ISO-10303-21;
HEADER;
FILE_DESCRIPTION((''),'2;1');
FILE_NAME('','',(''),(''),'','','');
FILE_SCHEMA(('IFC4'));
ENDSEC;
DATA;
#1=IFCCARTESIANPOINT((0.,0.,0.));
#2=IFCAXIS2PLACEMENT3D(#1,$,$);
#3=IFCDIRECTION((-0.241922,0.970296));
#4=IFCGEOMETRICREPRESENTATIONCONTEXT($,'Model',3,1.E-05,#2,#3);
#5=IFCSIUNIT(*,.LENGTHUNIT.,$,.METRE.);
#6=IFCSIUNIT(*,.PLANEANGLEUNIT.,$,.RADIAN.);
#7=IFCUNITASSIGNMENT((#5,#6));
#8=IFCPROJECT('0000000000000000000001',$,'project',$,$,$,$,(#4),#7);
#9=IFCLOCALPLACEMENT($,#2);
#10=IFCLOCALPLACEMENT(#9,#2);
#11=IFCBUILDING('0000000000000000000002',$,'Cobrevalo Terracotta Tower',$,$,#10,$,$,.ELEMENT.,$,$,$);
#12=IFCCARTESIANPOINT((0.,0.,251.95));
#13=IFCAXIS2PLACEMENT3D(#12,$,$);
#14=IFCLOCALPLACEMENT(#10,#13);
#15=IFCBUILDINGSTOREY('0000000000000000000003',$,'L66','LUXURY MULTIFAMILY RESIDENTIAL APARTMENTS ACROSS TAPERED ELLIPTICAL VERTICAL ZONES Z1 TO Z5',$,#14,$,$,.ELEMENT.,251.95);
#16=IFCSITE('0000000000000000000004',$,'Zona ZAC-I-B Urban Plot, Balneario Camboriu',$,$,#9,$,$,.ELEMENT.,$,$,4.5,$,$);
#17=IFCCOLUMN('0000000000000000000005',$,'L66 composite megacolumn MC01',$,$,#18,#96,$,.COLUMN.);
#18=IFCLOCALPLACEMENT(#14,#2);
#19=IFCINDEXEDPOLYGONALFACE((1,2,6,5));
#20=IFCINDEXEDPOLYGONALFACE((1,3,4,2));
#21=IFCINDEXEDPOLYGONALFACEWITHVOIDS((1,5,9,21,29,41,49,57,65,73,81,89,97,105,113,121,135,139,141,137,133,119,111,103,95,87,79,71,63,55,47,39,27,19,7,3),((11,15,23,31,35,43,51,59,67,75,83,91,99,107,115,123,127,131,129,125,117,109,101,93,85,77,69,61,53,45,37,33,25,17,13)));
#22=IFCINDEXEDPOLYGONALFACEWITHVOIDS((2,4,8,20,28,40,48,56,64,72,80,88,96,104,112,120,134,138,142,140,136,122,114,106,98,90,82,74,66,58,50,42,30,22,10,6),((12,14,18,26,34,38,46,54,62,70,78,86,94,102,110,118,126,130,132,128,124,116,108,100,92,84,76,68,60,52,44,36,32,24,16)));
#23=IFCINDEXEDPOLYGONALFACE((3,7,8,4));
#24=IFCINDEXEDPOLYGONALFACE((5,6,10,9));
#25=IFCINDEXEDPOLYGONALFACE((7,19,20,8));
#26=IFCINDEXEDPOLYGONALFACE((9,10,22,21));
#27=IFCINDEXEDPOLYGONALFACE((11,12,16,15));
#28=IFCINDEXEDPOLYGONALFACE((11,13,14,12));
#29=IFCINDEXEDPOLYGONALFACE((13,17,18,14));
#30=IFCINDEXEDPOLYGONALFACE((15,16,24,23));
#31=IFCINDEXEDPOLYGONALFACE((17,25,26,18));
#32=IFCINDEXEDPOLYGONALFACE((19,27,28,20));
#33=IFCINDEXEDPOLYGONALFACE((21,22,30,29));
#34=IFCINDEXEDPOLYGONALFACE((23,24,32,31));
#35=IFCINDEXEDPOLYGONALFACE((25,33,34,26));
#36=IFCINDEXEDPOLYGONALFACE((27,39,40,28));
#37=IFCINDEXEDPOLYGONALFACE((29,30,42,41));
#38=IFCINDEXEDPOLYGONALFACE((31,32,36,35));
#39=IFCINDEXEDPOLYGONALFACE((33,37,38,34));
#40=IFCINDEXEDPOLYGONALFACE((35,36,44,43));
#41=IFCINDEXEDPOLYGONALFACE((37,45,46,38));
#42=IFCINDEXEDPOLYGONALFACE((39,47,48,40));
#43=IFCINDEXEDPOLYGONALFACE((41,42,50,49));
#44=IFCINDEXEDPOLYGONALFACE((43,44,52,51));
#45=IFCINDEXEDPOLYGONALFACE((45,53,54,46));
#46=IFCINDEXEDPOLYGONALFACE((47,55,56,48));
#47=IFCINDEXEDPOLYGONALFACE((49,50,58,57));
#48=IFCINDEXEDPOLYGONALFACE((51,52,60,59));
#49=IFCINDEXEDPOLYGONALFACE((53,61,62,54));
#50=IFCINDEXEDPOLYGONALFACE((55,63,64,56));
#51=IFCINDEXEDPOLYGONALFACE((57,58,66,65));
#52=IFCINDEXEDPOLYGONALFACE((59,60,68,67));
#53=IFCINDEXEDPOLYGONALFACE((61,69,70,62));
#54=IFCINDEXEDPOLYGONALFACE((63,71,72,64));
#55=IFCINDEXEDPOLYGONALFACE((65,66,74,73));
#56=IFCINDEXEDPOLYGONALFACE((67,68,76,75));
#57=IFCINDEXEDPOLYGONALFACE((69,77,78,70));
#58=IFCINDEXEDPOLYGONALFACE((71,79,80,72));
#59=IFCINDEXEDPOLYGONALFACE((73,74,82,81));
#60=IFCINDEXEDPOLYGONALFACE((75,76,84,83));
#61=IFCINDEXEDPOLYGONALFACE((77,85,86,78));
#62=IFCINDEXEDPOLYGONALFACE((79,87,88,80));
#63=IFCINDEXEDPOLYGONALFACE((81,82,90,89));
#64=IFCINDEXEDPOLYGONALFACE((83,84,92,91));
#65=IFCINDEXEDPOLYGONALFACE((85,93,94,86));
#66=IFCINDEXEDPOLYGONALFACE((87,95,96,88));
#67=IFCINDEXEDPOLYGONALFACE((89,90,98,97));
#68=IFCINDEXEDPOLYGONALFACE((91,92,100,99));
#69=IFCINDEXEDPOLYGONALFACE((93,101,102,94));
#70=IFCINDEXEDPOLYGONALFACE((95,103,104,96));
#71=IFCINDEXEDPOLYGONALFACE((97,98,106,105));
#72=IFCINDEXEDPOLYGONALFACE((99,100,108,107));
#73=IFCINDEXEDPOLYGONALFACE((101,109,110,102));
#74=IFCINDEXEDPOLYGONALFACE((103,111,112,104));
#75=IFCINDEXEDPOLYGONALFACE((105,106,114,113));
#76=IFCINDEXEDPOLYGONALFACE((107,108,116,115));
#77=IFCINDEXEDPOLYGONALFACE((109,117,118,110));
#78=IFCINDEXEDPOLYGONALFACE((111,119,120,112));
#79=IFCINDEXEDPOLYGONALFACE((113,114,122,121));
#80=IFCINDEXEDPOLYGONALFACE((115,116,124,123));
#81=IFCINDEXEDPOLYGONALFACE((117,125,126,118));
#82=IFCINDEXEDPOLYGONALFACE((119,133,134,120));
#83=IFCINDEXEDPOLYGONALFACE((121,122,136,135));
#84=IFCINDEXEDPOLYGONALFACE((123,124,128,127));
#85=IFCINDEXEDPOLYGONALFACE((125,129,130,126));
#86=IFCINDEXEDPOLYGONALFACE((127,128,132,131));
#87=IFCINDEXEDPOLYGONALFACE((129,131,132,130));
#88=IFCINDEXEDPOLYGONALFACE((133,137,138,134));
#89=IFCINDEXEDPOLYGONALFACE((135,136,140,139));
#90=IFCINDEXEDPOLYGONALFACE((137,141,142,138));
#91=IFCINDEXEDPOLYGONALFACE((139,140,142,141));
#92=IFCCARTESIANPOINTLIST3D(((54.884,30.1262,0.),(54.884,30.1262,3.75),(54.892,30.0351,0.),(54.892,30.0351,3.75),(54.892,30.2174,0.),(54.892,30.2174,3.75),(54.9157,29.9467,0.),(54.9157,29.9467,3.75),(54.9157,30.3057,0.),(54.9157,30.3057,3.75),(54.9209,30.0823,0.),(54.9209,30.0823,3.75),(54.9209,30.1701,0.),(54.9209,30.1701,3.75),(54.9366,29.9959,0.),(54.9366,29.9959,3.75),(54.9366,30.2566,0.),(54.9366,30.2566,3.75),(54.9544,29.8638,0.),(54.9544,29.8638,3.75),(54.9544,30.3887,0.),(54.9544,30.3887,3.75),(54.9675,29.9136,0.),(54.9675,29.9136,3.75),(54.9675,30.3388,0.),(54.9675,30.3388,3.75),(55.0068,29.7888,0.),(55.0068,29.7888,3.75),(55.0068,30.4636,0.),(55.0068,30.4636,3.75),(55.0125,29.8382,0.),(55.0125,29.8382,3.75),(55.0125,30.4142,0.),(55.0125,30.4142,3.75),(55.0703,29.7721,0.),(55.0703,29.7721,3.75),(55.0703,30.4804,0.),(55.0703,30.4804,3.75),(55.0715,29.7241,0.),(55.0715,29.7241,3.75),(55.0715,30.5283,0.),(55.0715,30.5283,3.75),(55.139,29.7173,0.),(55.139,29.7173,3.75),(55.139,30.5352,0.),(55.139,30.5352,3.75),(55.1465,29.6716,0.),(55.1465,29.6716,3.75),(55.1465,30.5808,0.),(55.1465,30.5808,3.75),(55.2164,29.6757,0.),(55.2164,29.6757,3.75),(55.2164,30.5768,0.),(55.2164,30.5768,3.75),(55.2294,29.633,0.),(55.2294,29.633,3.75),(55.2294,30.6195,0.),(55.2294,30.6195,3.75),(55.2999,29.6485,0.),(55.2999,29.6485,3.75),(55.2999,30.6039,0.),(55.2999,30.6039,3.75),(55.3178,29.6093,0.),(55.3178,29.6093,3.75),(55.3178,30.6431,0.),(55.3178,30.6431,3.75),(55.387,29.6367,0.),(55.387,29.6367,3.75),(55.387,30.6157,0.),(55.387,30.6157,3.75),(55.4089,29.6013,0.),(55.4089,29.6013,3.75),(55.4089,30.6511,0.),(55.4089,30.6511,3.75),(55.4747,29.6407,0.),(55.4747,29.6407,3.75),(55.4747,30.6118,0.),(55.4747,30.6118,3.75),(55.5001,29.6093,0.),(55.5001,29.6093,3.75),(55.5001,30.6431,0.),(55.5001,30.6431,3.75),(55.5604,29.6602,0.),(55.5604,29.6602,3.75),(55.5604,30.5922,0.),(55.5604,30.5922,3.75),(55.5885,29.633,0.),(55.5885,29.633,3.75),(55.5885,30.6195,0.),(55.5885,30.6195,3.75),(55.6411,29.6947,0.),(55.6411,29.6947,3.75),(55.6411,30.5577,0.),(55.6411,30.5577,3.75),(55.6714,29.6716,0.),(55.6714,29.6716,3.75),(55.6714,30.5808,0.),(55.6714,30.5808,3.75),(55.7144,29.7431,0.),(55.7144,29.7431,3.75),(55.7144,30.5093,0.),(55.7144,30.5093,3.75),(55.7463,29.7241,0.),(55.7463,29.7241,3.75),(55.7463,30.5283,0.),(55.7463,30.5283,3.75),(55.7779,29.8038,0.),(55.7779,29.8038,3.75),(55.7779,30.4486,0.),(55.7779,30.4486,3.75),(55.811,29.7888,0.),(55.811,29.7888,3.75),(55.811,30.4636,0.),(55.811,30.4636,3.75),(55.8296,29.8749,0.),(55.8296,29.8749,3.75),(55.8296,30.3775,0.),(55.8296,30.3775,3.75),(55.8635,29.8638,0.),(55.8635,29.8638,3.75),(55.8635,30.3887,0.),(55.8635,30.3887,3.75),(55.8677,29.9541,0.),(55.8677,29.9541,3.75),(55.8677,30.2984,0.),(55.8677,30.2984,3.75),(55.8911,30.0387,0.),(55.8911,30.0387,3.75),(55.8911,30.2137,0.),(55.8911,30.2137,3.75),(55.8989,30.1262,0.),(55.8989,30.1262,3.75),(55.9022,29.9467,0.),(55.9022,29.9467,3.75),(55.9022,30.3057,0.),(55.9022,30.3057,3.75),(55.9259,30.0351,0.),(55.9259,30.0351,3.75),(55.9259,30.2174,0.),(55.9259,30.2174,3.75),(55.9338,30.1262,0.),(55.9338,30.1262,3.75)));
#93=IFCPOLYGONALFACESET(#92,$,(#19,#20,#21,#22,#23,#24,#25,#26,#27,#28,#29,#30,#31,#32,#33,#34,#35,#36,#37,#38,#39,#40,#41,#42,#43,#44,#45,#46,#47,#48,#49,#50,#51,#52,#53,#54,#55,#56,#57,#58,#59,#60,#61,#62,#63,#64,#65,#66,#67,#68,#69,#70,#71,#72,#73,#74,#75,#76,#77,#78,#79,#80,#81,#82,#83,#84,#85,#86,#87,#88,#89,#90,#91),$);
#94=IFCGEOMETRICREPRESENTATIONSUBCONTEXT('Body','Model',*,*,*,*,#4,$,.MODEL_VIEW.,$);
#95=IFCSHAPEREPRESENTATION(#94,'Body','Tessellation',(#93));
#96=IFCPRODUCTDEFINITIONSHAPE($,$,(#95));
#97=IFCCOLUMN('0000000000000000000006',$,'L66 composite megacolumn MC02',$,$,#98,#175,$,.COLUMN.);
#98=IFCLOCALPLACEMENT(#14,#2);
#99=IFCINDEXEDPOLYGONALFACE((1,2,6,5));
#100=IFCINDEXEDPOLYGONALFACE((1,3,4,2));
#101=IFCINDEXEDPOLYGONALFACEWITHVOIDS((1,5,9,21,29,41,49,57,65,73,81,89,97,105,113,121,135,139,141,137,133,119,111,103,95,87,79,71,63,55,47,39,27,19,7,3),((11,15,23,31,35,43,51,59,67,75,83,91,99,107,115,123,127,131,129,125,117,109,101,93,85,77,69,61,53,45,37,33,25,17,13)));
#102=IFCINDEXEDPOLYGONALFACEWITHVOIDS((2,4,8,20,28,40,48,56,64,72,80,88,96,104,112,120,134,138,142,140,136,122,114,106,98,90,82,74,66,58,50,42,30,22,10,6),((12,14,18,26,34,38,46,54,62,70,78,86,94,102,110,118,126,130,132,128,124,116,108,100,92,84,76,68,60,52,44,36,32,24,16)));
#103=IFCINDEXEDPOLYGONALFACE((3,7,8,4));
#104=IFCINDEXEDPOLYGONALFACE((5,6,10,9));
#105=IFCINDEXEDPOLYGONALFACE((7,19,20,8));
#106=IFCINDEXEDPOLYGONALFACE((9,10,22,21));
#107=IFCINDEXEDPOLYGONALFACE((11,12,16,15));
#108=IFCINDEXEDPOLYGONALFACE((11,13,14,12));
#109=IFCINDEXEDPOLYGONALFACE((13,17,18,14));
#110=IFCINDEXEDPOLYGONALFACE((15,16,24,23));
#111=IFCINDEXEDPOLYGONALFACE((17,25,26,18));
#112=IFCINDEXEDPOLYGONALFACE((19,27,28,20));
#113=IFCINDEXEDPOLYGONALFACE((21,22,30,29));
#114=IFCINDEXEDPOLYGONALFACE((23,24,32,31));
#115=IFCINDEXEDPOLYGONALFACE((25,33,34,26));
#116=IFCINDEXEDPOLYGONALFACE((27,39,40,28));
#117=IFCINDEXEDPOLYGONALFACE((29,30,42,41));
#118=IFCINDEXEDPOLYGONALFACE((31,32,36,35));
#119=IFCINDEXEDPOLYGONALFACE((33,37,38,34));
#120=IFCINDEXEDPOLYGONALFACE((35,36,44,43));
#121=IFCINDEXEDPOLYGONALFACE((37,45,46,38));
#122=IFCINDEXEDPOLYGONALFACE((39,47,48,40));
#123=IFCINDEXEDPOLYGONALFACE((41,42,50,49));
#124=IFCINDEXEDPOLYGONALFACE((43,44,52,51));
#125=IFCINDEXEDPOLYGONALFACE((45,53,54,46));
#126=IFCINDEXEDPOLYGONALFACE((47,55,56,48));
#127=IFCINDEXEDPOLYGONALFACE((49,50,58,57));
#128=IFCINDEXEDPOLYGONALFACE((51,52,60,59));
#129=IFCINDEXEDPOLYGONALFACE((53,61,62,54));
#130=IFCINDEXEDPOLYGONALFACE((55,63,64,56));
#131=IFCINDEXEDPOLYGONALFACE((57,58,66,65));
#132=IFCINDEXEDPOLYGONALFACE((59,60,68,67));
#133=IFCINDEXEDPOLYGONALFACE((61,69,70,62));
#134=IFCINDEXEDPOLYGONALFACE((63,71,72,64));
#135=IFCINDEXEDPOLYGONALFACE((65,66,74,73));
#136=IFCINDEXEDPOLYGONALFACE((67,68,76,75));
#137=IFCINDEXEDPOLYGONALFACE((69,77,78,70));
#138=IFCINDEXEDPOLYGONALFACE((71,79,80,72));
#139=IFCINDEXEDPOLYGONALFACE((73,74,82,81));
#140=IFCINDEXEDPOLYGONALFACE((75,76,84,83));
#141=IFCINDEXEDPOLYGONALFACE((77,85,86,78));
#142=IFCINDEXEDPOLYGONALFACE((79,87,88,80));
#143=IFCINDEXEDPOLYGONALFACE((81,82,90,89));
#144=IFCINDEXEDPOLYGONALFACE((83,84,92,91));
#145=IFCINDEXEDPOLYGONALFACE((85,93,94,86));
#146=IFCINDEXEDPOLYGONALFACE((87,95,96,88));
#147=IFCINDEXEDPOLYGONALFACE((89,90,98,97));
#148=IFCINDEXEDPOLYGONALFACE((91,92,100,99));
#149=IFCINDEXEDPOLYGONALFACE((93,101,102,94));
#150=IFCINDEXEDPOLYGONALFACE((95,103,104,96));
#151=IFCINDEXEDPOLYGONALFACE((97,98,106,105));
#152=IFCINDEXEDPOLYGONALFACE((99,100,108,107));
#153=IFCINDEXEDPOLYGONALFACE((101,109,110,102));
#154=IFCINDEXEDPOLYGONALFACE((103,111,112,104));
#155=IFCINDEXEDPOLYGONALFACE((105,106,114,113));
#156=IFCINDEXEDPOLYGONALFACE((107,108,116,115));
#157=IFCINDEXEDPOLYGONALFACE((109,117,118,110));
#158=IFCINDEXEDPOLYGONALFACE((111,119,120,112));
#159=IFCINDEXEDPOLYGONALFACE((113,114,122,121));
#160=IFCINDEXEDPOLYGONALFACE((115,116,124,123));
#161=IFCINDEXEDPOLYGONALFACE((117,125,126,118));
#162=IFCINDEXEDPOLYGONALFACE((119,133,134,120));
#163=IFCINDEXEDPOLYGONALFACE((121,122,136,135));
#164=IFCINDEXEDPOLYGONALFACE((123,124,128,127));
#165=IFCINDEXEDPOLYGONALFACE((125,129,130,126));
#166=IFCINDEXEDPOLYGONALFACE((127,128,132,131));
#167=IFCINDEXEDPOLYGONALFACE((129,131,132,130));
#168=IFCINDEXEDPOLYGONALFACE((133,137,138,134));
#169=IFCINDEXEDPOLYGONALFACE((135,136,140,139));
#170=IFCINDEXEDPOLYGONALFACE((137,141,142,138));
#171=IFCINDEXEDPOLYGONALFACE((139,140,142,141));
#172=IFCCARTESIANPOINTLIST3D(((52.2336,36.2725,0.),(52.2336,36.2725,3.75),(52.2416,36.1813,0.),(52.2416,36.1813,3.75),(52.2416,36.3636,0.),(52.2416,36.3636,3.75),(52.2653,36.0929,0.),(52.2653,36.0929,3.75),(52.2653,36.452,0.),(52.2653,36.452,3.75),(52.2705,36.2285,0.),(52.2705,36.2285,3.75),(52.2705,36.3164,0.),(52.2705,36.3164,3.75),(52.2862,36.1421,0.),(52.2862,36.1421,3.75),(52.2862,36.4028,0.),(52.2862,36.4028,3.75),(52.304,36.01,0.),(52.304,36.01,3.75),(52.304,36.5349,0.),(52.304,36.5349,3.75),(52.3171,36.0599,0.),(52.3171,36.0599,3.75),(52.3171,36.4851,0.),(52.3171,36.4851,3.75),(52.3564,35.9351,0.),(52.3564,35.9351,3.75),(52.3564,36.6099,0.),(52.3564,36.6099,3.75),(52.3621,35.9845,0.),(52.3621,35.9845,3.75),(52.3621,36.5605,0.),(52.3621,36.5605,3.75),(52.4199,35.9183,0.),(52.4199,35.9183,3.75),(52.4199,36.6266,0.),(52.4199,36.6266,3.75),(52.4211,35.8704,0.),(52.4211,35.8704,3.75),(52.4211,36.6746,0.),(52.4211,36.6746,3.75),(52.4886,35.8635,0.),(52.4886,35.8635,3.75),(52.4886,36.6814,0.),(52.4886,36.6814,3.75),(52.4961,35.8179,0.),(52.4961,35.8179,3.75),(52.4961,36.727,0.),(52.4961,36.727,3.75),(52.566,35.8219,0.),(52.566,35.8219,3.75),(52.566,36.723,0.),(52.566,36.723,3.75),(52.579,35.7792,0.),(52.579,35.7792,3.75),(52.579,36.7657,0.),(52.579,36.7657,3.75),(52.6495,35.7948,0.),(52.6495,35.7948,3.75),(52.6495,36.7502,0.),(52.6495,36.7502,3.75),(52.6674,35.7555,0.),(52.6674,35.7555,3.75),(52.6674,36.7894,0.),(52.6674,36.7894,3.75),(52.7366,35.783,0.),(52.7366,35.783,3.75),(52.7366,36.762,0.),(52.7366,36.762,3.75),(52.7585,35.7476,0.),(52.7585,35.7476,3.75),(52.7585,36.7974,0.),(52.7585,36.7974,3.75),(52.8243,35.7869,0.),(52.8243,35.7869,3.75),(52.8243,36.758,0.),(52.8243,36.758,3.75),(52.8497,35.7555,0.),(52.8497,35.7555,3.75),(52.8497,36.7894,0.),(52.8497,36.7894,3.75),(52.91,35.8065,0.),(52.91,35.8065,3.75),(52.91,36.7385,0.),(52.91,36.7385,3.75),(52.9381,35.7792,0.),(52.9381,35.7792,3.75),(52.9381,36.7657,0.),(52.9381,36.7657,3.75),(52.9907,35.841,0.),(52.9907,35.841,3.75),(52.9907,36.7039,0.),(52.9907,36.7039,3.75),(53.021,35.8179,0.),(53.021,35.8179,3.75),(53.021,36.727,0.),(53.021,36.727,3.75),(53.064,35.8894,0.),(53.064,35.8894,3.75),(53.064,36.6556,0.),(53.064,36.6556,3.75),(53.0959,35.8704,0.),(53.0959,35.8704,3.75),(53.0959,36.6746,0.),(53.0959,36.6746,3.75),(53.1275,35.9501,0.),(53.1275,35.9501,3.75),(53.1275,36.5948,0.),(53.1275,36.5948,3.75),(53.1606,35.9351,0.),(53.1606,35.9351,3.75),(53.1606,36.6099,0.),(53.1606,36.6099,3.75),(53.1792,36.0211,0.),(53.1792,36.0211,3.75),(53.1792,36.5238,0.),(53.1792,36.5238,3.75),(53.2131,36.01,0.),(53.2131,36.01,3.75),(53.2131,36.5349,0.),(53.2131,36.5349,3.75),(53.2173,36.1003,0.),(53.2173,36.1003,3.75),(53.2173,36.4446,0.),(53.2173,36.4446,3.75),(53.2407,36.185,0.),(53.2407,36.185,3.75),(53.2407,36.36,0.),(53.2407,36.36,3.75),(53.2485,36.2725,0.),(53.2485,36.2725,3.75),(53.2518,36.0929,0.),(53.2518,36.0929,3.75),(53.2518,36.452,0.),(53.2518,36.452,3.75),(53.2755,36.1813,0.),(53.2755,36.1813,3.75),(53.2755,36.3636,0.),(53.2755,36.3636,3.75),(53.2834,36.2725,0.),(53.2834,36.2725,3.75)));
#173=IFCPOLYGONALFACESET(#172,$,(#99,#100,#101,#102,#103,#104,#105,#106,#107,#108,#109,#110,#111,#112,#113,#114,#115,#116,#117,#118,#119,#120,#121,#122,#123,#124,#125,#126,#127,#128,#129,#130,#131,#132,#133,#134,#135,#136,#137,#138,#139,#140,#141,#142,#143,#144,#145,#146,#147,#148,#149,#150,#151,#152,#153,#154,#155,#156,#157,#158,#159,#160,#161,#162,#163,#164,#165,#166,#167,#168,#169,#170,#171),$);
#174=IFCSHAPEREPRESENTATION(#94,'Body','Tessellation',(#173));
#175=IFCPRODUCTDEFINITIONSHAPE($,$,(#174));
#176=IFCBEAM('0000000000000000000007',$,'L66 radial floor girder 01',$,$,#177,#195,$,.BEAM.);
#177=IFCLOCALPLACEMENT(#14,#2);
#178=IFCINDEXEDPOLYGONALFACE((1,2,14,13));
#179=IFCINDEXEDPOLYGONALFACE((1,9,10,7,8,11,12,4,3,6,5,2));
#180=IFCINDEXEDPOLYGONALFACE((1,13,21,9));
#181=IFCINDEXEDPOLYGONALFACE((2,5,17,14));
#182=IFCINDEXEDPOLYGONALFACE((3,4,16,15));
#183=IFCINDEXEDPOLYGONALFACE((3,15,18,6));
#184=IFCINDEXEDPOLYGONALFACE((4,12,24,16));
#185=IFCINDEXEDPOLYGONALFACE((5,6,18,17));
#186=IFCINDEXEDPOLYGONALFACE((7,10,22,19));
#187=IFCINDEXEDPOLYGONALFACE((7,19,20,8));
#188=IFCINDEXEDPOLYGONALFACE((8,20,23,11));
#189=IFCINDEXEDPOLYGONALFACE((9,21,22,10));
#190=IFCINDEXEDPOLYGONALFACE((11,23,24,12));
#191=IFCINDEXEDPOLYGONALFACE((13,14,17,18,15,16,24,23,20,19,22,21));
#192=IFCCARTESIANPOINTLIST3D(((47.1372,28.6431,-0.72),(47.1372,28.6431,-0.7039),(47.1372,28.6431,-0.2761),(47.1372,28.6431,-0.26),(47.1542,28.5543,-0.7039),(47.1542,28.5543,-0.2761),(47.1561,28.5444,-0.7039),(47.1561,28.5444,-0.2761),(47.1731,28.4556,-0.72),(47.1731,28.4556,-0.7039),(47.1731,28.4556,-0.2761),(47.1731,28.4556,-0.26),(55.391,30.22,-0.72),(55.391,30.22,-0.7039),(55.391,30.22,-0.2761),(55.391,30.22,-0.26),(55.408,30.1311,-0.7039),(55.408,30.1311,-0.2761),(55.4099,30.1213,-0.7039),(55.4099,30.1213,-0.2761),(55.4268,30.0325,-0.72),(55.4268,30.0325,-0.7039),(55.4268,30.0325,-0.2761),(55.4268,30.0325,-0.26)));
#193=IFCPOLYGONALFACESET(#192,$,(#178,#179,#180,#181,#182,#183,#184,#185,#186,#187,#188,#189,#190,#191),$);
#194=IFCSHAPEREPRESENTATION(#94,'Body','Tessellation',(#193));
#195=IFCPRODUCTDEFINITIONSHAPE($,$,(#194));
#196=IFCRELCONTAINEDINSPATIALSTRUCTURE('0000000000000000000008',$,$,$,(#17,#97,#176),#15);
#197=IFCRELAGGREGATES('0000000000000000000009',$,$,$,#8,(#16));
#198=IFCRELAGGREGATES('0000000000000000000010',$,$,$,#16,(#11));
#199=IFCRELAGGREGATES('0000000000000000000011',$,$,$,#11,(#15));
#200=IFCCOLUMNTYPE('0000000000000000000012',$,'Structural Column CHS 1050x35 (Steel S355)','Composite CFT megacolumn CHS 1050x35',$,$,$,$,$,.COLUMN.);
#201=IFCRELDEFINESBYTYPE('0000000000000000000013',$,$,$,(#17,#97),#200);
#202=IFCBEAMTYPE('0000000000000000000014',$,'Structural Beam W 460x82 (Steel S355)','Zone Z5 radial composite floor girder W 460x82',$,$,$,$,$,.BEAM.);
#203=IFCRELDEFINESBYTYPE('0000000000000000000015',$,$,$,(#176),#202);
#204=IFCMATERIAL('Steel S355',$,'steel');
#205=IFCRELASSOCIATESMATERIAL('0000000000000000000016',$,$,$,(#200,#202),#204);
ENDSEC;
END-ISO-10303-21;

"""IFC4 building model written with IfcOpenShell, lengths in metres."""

from ifc_helpers import new_model, si_unit, direction, frame, origin, origin_2d, place, context, subcontext, project, spatial, hollow_circle, i_section, extrude, material, material_profile, profile_set, type_object, element, save


model = new_model("IFC4")

# Units and contexts
model_context = context("Model", 3, precision=1e-05, world=origin(), true_north=direction((-0.241922, 0.970296)))
body_context = subcontext(model_context, "Body", "Model", "MODEL_VIEW")
ifc_project = project(units=[si_unit("LENGTHUNIT", "METRE"), si_unit("PLANEANGLEUNIT", "RADIAN")], contexts=[model_context])

# Site, building, storey
site_placement = place(None, origin())
site = spatial("IfcSite", under=ifc_project, at=site_placement, Name="Zona ZAC-I-B Urban Plot, Balneario Camboriu", CompositionType="ELEMENT", RefElevation=4.5)
building_placement = place(site_placement, origin())
building = spatial("IfcBuilding", under=site, at=building_placement, Name="Cobrevalo Terracotta Tower", CompositionType="ELEMENT")
storey_placement = place(building_placement, frame((0.0, 0.0, 251.95)))
storey = spatial("IfcBuildingStorey", under=building, at=storey_placement, Name="L66", Description="LUXURY MULTIFAMILY RESIDENTIAL APARTMENTS ACROSS TAPERED ELLIPTICAL VERTICAL ZONES Z1 TO Z5", CompositionType="ELEMENT", Elevation=251.95)

# Columns
ifc_material_1 = material(Name="Steel S355", Category="steel")
ifc_material_profile_1 = material_profile(ifc_material_1, hollow_circle(Radius=0.5249, WallThickness=0.0349, at=origin_2d()), Name="CHS 1050x35")
ifc_profile_set_1 = profile_set([ifc_material_profile_1], Name="Steel S355")
column_type = type_object("IfcColumnType", Name="Structural Column CHS 1050x35 (Steel S355)", Description="Composite CFT megacolumn CHS 1050x35", PredefinedType="COLUMN", material=ifc_profile_set_1)
for number, where, z_axis, x_axis, name in (
    (1, (55.4089, 30.1262, 0.0), (0.0, 0.0, 1.0), (1.0, 0.0, 0.0), "L66 composite megacolumn MC01"),
    (2, (52.7585, 36.2725, 0.0), (0.0, 0.0, 1.0), (1.0, 0.0, 0.0), "L66 composite megacolumn MC02"),
):
    element("IfcColumn", number, at=place(storey_placement, frame(where, z_axis=z_axis, x_axis=x_axis)), inside=storey, type_object=column_type, Name=name, PredefinedType="COLUMN", context=body_context, shape_type="SweptSolid", body=[
        extrude(hollow_circle(Radius=0.5249, WallThickness=0.0349, at=origin_2d()), origin(), (0.0, 0.0, 1.0), 3.75),
    ])

# Beam
ifc_material_profile_2 = material_profile(ifc_material_1, i_section(OverallWidth=0.1909, OverallDepth=0.46, WebThickness=0.01, FlangeThickness=0.0161, at=origin_2d()), Name="W 460x82")
ifc_profile_set_2 = profile_set([ifc_material_profile_2], Name="Steel S355")
beam_type_1 = type_object("IfcBeamType", Name="Structural Beam W 460x82 (Steel S355)", Description="Zone Z5 radial composite floor girder W 460x82", PredefinedType="BEAM", material=ifc_profile_set_2)
beam_1_placement = place(storey_placement, frame((55.4089, 30.1262, -0.49), z_axis=(-0.982235, -0.187655, 0.0), x_axis=(0.187655, -0.982235, 0.0)))
element("IfcBeam", 3, at=beam_1_placement, inside=storey, type_object=beam_type_1, Name="L66 radial floor girder 01", PredefinedType="BEAM", context=body_context, shape_type="SweptSolid", body=[
    extrude(i_section(OverallWidth=0.1909, OverallDepth=0.46, WebThickness=0.01, FlangeThickness=0.0161, at=origin_2d()), origin(), (0.0, 0.0, 1.0), 8.4031),
])

save(model, "model.ifc")
